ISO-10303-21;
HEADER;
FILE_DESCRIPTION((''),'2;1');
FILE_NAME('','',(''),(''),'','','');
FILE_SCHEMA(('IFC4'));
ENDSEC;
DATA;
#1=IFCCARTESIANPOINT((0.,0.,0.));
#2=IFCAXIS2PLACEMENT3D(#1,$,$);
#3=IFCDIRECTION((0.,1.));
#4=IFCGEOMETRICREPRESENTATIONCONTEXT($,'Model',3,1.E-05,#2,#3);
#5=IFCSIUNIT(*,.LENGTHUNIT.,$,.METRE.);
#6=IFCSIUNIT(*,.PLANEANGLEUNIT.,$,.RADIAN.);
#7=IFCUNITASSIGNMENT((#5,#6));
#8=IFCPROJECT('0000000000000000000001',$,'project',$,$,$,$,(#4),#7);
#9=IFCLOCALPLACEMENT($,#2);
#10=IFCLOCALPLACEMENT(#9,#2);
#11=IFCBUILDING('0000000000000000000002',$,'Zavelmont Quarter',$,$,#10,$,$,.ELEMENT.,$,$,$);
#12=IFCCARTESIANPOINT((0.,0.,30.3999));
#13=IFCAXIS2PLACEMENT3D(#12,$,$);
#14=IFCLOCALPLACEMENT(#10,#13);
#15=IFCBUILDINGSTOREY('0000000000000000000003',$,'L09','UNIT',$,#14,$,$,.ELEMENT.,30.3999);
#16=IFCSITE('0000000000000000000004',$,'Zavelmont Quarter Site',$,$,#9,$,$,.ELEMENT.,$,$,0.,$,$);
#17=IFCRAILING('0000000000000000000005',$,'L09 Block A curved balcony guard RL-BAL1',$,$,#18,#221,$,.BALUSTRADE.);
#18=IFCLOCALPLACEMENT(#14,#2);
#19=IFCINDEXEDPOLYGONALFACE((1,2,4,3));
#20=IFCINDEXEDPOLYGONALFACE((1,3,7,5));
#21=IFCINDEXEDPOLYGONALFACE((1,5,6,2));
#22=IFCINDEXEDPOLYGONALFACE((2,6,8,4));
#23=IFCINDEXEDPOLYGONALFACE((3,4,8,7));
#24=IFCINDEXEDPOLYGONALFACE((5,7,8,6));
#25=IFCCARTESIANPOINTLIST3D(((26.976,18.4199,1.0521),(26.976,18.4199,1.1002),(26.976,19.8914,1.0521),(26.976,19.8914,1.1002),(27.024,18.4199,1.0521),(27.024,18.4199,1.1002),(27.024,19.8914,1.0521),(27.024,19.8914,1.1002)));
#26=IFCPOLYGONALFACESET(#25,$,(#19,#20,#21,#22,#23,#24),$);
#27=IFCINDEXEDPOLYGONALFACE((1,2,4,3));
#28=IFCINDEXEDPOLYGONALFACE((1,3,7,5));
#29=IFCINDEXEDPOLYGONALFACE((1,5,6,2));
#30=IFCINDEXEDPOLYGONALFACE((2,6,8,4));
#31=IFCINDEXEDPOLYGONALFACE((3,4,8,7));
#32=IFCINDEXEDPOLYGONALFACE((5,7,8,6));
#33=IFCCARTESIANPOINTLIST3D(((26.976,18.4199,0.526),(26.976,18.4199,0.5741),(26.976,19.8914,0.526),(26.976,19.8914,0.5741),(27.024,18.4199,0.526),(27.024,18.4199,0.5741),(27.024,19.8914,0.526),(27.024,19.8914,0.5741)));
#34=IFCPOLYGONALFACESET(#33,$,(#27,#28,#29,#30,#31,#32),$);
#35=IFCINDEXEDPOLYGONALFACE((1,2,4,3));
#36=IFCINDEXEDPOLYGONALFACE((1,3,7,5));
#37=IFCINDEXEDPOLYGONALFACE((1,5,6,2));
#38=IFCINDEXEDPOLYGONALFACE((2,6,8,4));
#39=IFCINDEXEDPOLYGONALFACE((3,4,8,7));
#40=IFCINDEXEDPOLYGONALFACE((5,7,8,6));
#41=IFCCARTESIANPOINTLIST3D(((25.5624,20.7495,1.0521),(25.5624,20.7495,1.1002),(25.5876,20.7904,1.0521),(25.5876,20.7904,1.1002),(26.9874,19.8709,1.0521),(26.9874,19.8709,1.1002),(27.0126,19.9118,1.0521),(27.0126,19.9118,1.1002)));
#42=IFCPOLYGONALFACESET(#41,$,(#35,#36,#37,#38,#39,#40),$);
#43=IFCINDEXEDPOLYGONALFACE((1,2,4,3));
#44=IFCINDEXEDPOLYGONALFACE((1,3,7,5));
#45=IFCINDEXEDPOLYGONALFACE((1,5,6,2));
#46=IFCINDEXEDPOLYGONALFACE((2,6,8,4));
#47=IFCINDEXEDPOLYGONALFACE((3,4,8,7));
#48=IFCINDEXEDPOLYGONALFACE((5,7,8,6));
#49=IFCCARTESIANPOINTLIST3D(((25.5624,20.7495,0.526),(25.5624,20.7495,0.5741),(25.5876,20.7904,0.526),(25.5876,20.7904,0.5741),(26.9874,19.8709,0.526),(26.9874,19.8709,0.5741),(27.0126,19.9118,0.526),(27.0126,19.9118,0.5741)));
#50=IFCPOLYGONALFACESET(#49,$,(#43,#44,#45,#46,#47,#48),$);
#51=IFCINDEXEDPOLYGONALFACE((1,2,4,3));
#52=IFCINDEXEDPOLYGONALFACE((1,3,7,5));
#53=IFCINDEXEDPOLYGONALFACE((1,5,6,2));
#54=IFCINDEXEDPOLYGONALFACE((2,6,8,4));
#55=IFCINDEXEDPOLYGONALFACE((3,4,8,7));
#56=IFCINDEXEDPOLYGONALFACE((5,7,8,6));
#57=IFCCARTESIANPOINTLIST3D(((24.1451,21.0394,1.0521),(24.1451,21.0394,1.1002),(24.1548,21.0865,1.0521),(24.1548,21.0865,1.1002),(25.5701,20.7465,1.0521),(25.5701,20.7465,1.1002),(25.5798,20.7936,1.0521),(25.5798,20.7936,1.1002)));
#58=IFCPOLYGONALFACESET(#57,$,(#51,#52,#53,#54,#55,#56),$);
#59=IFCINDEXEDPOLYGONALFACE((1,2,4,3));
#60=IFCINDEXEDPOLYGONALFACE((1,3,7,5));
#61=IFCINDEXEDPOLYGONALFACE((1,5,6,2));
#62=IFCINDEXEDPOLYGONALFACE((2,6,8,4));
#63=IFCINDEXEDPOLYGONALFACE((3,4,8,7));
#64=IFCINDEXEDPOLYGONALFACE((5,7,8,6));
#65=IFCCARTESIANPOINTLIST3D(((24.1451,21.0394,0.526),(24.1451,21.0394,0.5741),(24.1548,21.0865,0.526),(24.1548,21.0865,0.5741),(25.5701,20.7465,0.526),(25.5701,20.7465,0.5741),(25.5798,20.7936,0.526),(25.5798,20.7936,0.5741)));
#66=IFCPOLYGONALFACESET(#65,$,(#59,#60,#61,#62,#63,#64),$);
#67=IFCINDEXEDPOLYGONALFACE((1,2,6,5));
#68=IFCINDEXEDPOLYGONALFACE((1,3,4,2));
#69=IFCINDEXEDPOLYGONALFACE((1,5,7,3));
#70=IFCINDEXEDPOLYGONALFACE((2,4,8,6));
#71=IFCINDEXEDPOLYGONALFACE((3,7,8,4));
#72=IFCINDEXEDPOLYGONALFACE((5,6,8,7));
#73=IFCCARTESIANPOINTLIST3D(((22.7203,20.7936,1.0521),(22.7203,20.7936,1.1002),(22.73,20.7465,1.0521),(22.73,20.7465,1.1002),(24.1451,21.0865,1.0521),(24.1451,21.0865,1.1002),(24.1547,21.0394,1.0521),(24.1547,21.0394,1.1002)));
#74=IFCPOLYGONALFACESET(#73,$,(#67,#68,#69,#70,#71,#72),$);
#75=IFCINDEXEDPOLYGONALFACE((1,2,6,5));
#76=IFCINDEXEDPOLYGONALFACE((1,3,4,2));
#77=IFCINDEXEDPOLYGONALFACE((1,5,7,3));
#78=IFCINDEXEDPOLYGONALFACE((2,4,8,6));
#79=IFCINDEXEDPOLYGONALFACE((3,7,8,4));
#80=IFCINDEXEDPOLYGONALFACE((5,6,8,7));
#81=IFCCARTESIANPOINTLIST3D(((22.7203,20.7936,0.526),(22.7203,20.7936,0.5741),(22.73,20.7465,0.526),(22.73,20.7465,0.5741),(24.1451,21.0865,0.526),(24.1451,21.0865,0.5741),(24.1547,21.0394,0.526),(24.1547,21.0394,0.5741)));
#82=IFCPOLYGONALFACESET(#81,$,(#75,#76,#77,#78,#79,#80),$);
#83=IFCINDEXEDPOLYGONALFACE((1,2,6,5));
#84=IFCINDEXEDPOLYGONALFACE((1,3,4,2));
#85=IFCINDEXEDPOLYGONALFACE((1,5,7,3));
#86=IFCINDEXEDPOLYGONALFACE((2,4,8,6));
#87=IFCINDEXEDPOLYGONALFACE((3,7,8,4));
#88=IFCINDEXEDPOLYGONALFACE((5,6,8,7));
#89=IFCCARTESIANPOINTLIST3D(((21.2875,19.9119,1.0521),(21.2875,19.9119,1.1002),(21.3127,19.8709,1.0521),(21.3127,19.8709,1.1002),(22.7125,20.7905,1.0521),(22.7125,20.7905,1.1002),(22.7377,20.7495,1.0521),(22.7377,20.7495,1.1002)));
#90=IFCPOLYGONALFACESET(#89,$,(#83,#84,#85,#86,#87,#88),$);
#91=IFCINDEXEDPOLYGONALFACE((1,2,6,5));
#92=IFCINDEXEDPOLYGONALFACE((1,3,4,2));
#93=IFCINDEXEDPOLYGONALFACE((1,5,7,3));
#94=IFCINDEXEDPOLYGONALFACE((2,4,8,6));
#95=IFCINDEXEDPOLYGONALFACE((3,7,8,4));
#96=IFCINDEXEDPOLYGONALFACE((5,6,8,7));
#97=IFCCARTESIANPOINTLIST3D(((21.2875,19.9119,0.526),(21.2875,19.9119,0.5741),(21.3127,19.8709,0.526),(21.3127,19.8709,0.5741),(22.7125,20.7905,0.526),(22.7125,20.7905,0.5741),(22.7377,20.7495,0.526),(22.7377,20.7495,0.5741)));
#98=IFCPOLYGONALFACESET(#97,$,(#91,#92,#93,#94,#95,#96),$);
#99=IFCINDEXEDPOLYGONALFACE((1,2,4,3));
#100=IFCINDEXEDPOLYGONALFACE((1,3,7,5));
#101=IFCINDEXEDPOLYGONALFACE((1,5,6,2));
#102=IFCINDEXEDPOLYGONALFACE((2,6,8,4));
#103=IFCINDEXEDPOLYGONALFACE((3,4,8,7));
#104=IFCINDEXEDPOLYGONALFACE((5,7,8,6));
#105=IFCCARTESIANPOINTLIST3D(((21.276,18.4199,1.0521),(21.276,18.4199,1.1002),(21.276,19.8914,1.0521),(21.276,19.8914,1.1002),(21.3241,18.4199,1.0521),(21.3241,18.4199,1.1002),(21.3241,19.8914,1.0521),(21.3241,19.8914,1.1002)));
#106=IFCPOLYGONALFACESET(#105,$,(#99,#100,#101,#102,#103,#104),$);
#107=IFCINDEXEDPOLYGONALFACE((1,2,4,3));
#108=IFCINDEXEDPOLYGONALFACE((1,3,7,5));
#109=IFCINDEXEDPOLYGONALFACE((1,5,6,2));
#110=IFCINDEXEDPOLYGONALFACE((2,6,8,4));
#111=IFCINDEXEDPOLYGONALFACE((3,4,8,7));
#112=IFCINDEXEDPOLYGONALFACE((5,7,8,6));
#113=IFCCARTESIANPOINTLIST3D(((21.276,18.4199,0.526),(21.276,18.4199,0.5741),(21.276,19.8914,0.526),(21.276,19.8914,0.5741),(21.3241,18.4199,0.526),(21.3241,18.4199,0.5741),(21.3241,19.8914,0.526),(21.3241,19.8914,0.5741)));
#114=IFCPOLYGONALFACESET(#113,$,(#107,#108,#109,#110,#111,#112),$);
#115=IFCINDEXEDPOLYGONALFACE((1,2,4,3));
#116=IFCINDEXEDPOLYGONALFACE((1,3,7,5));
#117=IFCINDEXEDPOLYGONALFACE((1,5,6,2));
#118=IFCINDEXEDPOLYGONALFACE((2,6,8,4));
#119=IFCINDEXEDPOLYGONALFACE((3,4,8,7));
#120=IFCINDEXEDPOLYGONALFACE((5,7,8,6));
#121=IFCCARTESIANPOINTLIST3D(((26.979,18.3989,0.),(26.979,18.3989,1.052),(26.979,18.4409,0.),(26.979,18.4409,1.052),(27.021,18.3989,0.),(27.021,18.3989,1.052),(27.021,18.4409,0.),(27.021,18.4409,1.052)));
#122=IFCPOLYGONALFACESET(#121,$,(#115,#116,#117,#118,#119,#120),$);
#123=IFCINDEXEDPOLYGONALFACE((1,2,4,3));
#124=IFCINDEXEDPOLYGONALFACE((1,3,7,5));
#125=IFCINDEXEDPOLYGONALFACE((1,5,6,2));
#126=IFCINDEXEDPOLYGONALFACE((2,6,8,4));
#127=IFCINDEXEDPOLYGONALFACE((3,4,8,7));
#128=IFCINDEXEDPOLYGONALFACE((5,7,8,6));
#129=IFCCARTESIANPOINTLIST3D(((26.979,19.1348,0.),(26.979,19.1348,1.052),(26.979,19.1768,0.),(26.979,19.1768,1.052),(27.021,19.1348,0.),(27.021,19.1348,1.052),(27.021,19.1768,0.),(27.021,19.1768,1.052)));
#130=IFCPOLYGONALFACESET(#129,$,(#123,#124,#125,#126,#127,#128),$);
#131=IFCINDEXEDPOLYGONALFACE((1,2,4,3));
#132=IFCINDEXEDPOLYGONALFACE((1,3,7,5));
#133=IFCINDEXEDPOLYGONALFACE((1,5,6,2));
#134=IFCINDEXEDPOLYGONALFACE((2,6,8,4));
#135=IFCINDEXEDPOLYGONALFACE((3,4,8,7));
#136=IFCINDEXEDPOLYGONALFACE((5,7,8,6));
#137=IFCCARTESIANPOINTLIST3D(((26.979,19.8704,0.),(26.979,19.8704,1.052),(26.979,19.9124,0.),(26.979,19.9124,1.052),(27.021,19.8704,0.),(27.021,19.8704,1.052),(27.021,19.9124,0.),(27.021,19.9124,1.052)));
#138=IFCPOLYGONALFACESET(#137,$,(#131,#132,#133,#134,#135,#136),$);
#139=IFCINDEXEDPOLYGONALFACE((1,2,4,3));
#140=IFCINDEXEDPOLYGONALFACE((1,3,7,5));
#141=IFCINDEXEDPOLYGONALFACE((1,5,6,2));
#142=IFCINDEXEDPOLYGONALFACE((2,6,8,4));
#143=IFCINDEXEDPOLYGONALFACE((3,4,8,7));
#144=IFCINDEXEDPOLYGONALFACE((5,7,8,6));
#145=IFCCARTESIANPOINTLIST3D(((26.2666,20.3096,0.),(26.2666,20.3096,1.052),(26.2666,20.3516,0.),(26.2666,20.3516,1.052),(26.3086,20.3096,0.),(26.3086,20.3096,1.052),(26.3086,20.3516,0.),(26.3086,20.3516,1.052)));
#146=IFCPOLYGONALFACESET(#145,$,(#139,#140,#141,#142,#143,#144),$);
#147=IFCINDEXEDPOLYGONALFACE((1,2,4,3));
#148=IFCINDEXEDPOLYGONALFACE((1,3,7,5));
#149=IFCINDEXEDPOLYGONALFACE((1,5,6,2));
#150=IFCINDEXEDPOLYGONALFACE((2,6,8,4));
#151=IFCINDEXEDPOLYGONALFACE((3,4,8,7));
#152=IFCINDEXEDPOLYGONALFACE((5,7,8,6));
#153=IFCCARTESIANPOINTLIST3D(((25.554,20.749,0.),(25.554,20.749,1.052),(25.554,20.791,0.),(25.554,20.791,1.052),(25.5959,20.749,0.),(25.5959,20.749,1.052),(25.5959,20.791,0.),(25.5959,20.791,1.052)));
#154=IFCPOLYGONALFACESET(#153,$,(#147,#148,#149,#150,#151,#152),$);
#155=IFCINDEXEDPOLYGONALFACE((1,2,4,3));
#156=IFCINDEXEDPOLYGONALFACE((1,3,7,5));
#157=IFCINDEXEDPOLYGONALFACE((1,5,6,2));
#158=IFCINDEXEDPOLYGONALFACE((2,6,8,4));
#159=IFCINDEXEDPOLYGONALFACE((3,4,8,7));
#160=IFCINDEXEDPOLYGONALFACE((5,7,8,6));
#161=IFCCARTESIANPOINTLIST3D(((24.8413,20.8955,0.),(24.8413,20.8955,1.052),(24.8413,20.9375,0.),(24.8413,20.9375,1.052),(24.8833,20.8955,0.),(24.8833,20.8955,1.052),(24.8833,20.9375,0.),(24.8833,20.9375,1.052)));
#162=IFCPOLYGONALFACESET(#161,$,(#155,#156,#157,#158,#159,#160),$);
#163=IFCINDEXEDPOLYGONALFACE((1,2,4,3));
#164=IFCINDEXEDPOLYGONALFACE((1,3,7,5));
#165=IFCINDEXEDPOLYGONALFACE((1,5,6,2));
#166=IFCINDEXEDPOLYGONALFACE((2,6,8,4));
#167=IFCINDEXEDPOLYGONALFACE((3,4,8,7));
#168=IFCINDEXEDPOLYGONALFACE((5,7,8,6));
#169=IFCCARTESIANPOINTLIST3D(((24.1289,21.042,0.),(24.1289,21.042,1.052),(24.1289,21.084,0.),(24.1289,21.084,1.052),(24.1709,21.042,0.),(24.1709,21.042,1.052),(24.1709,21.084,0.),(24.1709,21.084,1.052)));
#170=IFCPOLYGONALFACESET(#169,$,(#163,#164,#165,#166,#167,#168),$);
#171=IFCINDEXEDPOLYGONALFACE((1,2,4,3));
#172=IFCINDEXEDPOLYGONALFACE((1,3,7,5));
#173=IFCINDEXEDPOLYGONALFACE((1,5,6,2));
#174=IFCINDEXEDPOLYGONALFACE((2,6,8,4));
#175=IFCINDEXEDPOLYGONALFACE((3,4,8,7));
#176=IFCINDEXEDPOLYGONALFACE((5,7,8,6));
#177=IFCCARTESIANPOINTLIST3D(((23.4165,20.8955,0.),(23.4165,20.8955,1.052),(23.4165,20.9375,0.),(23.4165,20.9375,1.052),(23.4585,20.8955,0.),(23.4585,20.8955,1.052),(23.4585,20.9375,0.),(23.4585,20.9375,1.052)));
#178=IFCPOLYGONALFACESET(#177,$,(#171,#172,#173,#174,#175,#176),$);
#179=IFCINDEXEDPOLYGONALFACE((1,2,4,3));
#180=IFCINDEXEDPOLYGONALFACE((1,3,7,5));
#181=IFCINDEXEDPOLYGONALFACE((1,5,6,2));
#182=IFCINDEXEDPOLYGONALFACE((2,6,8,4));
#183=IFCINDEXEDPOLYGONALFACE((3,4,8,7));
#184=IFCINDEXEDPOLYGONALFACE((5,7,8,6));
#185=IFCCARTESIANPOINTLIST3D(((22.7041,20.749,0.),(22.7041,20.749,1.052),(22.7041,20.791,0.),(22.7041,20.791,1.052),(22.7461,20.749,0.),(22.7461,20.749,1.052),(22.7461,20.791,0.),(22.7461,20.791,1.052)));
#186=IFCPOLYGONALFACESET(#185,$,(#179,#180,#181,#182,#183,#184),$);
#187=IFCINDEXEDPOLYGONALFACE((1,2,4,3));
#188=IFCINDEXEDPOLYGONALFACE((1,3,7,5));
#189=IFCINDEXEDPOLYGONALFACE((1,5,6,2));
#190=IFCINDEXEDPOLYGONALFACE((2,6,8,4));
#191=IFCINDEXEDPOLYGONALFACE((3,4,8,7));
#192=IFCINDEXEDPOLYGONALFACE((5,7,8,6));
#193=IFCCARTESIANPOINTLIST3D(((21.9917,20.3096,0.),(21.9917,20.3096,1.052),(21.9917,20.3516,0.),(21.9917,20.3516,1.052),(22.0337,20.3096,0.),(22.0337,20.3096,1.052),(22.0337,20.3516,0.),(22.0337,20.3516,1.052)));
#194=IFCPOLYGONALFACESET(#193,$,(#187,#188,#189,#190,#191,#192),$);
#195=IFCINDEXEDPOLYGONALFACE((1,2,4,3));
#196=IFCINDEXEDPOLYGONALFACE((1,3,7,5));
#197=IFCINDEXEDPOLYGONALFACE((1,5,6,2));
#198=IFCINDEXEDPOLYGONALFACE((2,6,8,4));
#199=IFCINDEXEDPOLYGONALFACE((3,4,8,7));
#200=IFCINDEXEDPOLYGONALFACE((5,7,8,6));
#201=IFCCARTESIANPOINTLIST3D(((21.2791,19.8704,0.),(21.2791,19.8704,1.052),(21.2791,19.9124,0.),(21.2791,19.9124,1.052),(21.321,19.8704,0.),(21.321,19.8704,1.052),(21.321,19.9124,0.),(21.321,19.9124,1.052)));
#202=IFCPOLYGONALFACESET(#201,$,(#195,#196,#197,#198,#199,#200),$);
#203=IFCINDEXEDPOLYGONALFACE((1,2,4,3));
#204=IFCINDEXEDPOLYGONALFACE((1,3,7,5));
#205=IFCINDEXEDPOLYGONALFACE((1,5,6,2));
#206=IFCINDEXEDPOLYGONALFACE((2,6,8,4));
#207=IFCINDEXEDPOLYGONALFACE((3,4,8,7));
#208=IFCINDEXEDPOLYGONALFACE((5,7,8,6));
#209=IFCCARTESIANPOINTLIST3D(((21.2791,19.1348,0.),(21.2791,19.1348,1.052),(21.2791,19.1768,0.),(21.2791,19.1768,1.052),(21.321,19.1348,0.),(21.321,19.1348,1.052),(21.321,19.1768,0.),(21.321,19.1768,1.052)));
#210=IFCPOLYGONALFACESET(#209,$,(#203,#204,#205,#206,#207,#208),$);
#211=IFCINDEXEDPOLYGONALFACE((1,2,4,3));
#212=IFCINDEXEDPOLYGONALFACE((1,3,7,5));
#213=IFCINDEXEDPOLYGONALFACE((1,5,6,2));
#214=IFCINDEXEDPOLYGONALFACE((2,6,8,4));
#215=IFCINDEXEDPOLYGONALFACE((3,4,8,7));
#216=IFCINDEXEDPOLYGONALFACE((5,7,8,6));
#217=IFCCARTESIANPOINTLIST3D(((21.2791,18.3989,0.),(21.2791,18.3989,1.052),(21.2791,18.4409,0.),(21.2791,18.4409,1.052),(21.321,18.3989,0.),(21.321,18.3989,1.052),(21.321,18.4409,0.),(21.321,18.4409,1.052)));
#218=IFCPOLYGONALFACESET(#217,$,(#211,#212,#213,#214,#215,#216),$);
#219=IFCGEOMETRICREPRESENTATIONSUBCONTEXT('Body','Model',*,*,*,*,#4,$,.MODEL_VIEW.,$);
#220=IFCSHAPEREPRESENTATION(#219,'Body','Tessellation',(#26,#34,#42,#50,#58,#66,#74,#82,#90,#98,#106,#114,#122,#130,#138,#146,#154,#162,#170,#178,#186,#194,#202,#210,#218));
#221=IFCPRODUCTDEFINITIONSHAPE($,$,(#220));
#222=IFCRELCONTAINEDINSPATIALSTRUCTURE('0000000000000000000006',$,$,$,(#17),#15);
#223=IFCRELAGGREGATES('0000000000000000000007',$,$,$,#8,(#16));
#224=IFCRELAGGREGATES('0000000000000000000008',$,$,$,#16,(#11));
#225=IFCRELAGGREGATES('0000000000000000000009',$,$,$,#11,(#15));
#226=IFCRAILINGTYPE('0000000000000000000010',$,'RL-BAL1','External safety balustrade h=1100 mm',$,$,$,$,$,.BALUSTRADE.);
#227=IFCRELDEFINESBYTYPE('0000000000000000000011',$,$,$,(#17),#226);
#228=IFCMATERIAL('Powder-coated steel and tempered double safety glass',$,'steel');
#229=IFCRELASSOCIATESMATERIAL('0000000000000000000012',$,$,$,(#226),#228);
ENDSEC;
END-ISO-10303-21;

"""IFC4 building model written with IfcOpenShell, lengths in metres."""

from ifc_helpers import new_model, si_unit, direction, frame, origin, origin_2d, place, context, subcontext, project, spatial, rectangle, extrude, material, type_object, element, save


model = new_model("IFC4")

# Units and contexts
model_context = context("Model", 3, precision=1e-05, world=origin(), true_north=direction((0.0, 1.0)))
body_context = subcontext(model_context, "Body", "Model", "MODEL_VIEW")
ifc_project = project(units=[si_unit("LENGTHUNIT", "METRE"), si_unit("PLANEANGLEUNIT", "RADIAN")], contexts=[model_context])

# Site, building, storey
site_placement = place(None, origin())
site = spatial("IfcSite", under=ifc_project, at=site_placement, Name="Zavelmont Quarter Site", CompositionType="ELEMENT", RefElevation=0.0)
building_placement = place(site_placement, origin())
building = spatial("IfcBuilding", under=site, at=building_placement, Name="Zavelmont Quarter", CompositionType="ELEMENT")
storey_placement = place(building_placement, frame((0.0, 0.0, 30.3999)))
storey = spatial("IfcBuildingStorey", under=building, at=storey_placement, Name="L09", Description="UNIT", CompositionType="ELEMENT", Elevation=30.3999)

# Railing
ifc_material_1 = material(Name="Powder-coated steel and tempered double safety glass", Category="steel")
railing_type_1 = type_object("IfcRailingType", Name="RL-BAL1", Description="External safety balustrade h=1100 mm", PredefinedType="BALUSTRADE", material=ifc_material_1)
railing_1_placement = place(storey_placement, frame((27.0, 18.4199, 0.0)))
element("IfcRailing", 1, at=railing_1_placement, inside=storey, type_object=railing_type_1, Name="L09 Block A curved balcony guard RL-BAL1", PredefinedType="BALUSTRADE", context=body_context, shape_type="SweptSolid", body=[
    extrude(rectangle(XDim=0.0481, YDim=0.0481, at=origin_2d()), frame((0.0, 0.0, 1.0762), z_axis=(0.0, 1.0, 0.0), x_axis=(-1.0, 0.0, 0.0)), (0.0, 0.0, 1.0), 1.4714),
    extrude(rectangle(XDim=0.0481, YDim=0.0481, at=origin_2d()), frame((0.0, 0.0, 0.55), z_axis=(0.0, 1.0, 0.0), x_axis=(-1.0, 0.0, 0.0)), (0.0, 0.0, 1.0), 1.4714),
    extrude(rectangle(XDim=0.0481, YDim=0.0481, at=origin_2d()), frame((0.0, 1.4714, 1.0762), z_axis=(-0.851202, 0.524838, 0.0), x_axis=(-0.524838, -0.851202, 0.0)), (0.0, 0.0, 1.0), 1.6741),
    extrude(rectangle(XDim=0.0481, YDim=0.0481, at=origin_2d()), frame((0.0, 1.4714, 0.55), z_axis=(-0.851202, 0.524838, 0.0), x_axis=(-0.524838, -0.851202, 0.0)), (0.0, 0.0, 1.0), 1.6741),
    extrude(rectangle(XDim=0.0481, YDim=0.0481, at=origin_2d()), frame((-1.425, 2.3501, 1.0762), z_axis=(-0.979515, 0.201374, 0.0), x_axis=(-0.201374, -0.979515, 0.0)), (0.0, 0.0, 1.0), 1.4548),
    extrude(rectangle(XDim=0.0481, YDim=0.0481, at=origin_2d()), frame((-1.425, 2.3501, 0.55), z_axis=(-0.979515, 0.201374, 0.0), x_axis=(-0.201374, -0.979515, 0.0)), (0.0, 0.0, 1.0), 1.4548),
    extrude(rectangle(XDim=0.0481, YDim=0.0481, at=origin_2d()), frame((-2.8501, 2.6431, 1.0762), z_axis=(-0.979508, -0.201407, 0.0), x_axis=(0.201407, -0.979508, 0.0)), (0.0, 0.0, 1.0), 1.4546),
    extrude(rectangle(XDim=0.0481, YDim=0.0481, at=origin_2d()), frame((-2.8501, 2.6431, 0.55), z_axis=(-0.979508, -0.201407, 0.0), x_axis=(0.201407, -0.979508, 0.0)), (0.0, 0.0, 1.0), 1.4546),
    extrude(rectangle(XDim=0.0481, YDim=0.0481, at=origin_2d()), frame((-4.2749, 2.3501, 1.0762), z_axis=(-0.851202, -0.524838, 0.0), x_axis=(0.524838, -0.851202, 0.0)), (0.0, 0.0, 1.0), 1.6741),
    extrude(rectangle(XDim=0.0481, YDim=0.0481, at=origin_2d()), frame((-4.2749, 2.3501, 0.55), z_axis=(-0.851202, -0.524838, 0.0), x_axis=(0.524838, -0.851202, 0.0)), (0.0, 0.0, 1.0), 1.6741),
    extrude(rectangle(XDim=0.0481, YDim=0.0481, at=origin_2d()), frame((-5.7, 1.4714, 1.0762), z_axis=(0.0, -1.0, 0.0), x_axis=(1.0, 0.0, 0.0)), (0.0, 0.0, 1.0), 1.4714),
    extrude(rectangle(XDim=0.0481, YDim=0.0481, at=origin_2d()), frame((-5.7, 1.4714, 0.55), z_axis=(0.0, -1.0, 0.0), x_axis=(1.0, 0.0, 0.0)), (0.0, 0.0, 1.0), 1.4714),
    extrude(rectangle(XDim=0.042, YDim=0.042, at=origin_2d()), origin(), (0.0, 0.0, 1.0), 1.052),
    extrude(rectangle(XDim=0.042, YDim=0.042, at=origin_2d()), frame((0.0, 0.7358, 0.0)), (0.0, 0.0, 1.0), 1.052),
    extrude(rectangle(XDim=0.042, YDim=0.042, at=origin_2d()), frame((0.0, 1.4714, 0.0)), (0.0, 0.0, 1.0), 1.052),
    extrude(rectangle(XDim=0.042, YDim=0.042, at=origin_2d()), frame((-0.7124, 1.9106, 0.0)), (0.0, 0.0, 1.0), 1.052),
    extrude(rectangle(XDim=0.042, YDim=0.042, at=origin_2d()), frame((-1.425, 2.3501, 0.0)), (0.0, 0.0, 1.0), 1.052),
    extrude(rectangle(XDim=0.042, YDim=0.042, at=origin_2d()), frame((-2.1377, 2.4966, 0.0)), (0.0, 0.0, 1.0), 1.052),
    extrude(rectangle(XDim=0.042, YDim=0.042, at=origin_2d()), frame((-2.8501, 2.6431, 0.0)), (0.0, 0.0, 1.0), 1.052),
    extrude(rectangle(XDim=0.042, YDim=0.042, at=origin_2d()), frame((-3.5625, 2.4966, 0.0)), (0.0, 0.0, 1.0), 1.052),
    extrude(rectangle(XDim=0.042, YDim=0.042, at=origin_2d()), frame((-4.2749, 2.3501, 0.0)), (0.0, 0.0, 1.0), 1.052),
    extrude(rectangle(XDim=0.042, YDim=0.042, at=origin_2d()), frame((-4.9873, 1.9106, 0.0)), (0.0, 0.0, 1.0), 1.052),
    extrude(rectangle(XDim=0.042, YDim=0.042, at=origin_2d()), frame((-5.7, 1.4714, 0.0)), (0.0, 0.0, 1.0), 1.052),
    extrude(rectangle(XDim=0.042, YDim=0.042, at=origin_2d()), frame((-5.7, 0.7358, 0.0)), (0.0, 0.0, 1.0), 1.052),
    extrude(rectangle(XDim=0.042, YDim=0.042, at=origin_2d()), frame((-5.7, 0.0, 0.0)), (0.0, 0.0, 1.0), 1.052),
])

save(model, "model.ifc")
